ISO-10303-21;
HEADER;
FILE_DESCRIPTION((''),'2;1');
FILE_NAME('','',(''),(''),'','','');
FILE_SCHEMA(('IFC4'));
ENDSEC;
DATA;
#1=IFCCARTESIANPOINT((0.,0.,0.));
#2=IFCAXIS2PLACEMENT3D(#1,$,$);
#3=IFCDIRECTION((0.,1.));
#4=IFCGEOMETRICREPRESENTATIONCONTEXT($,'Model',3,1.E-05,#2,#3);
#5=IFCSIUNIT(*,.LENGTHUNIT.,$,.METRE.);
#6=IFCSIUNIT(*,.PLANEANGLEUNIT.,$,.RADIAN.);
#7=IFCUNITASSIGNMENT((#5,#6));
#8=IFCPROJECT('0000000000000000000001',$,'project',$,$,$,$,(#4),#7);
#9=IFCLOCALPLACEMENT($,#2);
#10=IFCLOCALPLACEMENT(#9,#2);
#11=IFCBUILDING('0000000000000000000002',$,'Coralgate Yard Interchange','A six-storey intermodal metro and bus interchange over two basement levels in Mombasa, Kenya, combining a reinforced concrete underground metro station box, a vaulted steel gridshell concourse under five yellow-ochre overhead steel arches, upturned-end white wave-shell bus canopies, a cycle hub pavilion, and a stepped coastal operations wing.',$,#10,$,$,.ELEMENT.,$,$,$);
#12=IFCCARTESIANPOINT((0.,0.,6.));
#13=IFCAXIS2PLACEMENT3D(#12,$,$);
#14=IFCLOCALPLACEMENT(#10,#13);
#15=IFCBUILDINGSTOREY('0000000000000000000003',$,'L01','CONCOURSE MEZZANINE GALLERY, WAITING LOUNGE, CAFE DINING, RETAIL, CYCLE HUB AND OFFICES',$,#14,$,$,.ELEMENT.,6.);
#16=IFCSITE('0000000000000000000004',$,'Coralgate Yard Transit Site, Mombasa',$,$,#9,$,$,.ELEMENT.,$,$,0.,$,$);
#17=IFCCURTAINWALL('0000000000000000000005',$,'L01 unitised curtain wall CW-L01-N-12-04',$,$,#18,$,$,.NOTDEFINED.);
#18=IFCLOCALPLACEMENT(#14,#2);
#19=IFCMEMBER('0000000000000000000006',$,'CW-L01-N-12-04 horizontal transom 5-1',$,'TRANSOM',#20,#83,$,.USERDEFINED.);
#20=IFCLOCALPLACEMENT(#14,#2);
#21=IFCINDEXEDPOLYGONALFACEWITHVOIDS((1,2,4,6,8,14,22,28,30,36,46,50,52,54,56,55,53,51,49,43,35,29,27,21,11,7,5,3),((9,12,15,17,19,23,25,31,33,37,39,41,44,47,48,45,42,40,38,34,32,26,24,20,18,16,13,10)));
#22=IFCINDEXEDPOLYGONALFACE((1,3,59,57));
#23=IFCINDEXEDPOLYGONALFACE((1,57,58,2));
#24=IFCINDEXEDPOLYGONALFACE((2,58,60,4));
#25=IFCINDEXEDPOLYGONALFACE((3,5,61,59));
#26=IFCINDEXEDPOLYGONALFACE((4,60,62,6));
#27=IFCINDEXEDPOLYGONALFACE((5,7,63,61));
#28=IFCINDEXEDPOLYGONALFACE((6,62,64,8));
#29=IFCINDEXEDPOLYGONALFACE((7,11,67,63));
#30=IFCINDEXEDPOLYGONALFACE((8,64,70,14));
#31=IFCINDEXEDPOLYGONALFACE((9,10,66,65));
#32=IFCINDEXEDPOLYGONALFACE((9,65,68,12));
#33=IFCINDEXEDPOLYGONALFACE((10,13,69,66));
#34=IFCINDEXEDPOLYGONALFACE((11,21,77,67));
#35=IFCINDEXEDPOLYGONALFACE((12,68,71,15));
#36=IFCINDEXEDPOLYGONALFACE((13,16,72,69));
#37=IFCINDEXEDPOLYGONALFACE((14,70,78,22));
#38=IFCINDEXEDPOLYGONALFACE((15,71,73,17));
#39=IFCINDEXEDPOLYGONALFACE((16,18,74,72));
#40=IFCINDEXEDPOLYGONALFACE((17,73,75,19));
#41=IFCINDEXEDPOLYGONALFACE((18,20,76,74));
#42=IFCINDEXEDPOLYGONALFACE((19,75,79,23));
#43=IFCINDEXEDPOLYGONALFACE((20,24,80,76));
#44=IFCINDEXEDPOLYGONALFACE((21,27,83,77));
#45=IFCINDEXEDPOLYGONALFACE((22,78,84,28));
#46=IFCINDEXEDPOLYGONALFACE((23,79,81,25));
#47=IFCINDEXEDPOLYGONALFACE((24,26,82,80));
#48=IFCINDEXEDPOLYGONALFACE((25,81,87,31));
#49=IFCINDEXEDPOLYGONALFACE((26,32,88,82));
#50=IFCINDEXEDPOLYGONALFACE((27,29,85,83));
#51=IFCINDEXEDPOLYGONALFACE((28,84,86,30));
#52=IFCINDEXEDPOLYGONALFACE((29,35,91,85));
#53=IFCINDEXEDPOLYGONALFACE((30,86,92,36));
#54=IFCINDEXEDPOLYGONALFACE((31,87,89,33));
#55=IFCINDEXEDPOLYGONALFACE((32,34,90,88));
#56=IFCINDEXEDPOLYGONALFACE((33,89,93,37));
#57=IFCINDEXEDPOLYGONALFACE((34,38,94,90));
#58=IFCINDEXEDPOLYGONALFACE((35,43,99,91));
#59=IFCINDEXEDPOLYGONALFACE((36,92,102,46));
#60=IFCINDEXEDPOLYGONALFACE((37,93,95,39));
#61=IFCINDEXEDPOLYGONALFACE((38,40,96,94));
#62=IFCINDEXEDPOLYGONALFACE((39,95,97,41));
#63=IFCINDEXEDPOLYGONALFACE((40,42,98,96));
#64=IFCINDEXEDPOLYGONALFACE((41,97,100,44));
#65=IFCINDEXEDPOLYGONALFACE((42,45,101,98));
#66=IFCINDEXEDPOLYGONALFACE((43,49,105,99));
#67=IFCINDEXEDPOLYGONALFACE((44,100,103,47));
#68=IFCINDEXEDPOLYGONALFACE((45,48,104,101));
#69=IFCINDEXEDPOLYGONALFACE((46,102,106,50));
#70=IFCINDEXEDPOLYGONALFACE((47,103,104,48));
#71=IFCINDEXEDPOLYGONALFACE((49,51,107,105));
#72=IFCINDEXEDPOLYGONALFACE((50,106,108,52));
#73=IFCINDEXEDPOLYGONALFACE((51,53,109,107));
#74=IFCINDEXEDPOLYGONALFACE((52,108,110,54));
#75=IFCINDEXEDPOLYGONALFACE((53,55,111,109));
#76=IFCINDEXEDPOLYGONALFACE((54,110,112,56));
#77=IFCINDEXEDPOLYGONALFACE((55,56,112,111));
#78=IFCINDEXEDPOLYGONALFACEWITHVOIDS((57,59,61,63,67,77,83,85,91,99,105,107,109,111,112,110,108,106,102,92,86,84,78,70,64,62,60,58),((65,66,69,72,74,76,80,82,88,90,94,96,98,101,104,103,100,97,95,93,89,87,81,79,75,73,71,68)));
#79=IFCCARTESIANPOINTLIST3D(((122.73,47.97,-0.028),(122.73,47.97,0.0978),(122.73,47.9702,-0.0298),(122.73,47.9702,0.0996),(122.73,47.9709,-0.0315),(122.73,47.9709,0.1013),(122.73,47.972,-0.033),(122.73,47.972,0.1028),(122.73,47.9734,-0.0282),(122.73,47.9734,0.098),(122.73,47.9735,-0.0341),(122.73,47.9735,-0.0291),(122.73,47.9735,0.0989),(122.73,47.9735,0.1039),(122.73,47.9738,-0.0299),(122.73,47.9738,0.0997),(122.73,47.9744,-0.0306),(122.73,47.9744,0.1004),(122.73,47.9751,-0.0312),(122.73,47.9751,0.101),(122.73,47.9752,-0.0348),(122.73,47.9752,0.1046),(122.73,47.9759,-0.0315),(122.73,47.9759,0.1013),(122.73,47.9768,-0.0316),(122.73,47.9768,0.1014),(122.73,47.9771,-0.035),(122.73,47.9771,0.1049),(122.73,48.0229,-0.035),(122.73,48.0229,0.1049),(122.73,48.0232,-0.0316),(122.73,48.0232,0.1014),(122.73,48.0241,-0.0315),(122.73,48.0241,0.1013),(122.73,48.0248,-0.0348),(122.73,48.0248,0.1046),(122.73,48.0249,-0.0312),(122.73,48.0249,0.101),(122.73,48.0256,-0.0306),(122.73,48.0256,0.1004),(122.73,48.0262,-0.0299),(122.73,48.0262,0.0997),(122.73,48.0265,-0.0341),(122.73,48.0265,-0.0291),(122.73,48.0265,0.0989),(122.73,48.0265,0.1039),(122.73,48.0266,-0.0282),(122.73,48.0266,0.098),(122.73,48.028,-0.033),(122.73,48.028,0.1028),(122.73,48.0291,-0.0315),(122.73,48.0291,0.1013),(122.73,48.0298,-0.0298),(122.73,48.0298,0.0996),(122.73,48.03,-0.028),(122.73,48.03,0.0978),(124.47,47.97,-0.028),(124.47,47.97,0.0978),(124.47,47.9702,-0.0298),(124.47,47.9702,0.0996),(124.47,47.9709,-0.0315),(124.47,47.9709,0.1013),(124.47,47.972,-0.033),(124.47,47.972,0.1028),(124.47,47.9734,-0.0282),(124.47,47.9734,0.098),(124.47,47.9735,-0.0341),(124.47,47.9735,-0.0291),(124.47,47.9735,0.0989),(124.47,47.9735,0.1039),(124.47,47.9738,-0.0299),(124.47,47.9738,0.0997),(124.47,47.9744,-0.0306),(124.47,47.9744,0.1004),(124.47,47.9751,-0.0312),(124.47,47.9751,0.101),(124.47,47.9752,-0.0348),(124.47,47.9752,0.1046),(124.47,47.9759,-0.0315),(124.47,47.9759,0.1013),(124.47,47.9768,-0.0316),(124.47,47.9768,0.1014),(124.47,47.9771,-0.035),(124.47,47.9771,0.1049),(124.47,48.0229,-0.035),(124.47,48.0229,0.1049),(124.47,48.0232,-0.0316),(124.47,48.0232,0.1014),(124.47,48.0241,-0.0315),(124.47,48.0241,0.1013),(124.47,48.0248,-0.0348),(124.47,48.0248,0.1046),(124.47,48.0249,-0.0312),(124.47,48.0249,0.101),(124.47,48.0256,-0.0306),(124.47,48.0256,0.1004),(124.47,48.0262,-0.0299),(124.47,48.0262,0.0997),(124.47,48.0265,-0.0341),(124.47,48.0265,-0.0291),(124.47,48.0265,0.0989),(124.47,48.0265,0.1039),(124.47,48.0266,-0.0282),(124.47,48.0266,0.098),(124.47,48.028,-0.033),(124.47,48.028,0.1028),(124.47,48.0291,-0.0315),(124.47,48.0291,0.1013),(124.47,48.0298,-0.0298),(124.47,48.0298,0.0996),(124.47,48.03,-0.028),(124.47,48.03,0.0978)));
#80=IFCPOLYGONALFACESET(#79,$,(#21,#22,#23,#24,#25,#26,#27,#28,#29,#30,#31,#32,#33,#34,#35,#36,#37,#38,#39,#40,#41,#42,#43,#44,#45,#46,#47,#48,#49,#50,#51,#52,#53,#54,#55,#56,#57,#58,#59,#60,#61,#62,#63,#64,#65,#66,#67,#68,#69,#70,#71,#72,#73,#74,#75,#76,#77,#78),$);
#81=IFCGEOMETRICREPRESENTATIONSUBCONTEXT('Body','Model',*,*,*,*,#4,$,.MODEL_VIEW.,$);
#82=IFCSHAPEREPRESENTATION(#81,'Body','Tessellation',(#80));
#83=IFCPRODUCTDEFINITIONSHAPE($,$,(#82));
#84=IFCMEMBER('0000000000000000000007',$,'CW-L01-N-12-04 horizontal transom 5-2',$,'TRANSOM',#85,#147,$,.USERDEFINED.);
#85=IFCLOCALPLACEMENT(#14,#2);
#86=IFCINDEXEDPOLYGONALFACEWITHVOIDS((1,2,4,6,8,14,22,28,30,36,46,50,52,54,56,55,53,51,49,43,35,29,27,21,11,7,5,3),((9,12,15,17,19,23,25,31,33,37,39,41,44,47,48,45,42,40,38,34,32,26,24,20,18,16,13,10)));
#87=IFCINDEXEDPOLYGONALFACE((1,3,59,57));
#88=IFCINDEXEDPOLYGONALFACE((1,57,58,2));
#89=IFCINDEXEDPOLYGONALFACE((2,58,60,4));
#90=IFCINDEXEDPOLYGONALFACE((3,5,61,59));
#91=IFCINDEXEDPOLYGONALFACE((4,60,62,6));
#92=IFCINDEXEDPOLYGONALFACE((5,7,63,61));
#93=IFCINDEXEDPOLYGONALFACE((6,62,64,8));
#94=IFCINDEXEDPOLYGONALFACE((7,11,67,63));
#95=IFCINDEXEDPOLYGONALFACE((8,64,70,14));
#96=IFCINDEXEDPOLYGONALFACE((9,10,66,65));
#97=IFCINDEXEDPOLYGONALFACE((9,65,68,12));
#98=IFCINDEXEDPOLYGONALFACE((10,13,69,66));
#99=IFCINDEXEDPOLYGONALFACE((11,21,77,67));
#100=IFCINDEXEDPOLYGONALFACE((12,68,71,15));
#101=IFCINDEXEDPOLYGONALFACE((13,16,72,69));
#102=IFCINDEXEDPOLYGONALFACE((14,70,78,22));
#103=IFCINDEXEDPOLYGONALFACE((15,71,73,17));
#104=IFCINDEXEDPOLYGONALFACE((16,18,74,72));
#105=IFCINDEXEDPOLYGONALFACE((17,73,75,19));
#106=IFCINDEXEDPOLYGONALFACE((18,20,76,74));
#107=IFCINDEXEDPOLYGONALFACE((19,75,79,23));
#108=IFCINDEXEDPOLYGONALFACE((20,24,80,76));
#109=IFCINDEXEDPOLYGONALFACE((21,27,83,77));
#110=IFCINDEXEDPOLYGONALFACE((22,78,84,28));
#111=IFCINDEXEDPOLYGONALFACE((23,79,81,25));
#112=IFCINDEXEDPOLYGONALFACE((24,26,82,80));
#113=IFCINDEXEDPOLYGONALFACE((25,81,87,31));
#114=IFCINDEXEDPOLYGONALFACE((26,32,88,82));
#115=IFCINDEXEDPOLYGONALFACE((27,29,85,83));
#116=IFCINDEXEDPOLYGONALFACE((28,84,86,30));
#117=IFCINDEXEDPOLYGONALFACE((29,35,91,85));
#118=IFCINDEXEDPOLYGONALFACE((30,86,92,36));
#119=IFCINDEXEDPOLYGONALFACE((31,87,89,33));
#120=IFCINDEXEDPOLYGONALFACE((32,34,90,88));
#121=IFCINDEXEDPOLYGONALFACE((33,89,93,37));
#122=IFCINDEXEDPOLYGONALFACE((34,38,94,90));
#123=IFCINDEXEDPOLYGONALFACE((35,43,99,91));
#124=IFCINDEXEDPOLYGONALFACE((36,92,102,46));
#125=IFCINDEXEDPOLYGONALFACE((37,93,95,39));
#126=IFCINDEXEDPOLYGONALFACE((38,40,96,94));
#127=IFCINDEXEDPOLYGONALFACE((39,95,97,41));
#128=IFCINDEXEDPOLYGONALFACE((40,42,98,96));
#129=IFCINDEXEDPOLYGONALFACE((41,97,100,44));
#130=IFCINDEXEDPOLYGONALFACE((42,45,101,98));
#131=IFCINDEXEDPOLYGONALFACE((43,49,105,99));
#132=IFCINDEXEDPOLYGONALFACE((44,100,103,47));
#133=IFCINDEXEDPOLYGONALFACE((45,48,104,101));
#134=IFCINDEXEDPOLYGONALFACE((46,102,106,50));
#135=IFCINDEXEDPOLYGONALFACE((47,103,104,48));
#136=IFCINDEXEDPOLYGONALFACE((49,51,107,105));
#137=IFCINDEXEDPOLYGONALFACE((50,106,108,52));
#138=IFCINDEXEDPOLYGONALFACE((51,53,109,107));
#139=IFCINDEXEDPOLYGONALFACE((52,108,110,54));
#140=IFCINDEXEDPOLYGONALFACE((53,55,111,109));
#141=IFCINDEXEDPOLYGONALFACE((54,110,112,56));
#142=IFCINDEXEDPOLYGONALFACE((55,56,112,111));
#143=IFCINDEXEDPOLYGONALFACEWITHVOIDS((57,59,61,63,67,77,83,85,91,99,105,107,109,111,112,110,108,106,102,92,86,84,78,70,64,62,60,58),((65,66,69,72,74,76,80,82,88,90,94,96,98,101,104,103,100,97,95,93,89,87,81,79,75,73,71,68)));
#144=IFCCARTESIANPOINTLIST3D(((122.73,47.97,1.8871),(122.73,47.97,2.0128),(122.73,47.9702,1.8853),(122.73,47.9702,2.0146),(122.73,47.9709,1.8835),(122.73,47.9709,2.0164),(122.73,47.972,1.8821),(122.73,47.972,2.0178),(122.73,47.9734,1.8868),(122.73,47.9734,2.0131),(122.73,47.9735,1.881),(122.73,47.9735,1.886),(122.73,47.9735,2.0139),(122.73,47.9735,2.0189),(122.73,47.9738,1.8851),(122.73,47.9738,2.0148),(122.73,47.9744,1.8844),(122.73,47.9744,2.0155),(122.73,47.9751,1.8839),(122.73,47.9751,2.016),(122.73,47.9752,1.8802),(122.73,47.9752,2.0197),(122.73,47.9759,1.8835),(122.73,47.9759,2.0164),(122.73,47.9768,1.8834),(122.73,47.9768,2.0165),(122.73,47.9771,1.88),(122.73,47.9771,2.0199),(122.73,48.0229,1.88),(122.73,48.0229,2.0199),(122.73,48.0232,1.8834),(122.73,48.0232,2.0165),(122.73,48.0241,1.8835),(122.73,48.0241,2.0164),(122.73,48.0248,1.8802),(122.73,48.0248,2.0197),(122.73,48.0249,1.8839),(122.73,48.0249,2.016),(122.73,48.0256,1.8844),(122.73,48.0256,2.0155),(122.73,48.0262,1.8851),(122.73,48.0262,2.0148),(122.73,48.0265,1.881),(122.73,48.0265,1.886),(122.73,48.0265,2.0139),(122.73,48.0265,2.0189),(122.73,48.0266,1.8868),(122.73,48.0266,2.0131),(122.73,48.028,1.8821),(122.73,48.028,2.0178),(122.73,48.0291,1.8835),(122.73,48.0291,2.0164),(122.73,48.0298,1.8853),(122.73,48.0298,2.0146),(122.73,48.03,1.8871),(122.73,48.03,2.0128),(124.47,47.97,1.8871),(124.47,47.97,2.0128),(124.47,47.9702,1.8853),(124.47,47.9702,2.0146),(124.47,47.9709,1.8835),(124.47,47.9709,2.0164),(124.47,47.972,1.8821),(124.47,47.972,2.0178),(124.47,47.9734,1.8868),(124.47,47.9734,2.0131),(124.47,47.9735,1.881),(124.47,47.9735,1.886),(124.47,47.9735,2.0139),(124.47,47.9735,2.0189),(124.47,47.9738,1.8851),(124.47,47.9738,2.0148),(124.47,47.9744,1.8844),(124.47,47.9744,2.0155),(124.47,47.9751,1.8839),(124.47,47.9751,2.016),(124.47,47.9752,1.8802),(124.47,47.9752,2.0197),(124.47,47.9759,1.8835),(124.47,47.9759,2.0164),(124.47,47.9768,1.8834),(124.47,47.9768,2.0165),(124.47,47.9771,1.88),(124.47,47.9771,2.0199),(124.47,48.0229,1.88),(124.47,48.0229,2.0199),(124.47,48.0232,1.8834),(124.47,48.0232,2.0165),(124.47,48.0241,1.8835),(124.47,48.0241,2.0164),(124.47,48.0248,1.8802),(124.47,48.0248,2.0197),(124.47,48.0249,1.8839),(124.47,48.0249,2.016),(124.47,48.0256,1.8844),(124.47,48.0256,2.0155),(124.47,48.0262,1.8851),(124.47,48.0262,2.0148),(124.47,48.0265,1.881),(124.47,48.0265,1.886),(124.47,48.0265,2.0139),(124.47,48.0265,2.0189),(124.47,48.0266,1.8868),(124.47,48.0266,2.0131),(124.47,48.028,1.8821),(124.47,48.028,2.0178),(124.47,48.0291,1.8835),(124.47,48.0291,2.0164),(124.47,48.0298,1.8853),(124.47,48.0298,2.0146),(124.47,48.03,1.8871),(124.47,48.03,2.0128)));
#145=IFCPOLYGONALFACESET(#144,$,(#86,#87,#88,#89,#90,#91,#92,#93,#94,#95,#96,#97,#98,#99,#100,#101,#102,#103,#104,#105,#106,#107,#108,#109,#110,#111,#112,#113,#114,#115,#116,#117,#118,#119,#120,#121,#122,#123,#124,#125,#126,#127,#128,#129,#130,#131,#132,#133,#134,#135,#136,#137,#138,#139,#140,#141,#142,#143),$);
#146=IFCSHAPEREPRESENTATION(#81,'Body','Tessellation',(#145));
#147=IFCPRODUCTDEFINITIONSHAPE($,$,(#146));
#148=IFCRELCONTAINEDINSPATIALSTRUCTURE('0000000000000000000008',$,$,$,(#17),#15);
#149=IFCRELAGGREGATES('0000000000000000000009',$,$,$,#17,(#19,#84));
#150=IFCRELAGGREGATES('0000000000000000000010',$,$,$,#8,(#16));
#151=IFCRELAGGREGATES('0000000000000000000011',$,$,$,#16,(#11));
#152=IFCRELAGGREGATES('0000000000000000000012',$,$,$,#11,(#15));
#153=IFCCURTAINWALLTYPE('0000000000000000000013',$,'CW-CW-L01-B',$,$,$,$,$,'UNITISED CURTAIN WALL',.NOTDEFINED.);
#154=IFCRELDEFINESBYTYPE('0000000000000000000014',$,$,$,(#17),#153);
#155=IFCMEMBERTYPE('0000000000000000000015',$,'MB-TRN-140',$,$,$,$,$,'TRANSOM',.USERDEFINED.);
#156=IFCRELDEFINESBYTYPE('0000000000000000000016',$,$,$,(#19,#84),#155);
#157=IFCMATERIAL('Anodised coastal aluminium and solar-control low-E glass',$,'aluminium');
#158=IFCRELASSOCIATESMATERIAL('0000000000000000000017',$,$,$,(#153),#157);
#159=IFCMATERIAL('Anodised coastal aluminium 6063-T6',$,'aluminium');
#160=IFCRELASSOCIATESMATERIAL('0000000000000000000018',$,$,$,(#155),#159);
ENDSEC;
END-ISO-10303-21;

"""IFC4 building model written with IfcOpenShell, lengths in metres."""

from ifc_helpers import new_model, si_unit, direction, frame, origin, origin_2d, place, context, subcontext, project, spatial, hollow_rectangle, extrude, material, material_profile, profile_set, type_object, element, aggregate, save


model = new_model("IFC4")

# Units and contexts
model_context = context("Model", 3, precision=1e-05, world=origin(), true_north=direction((0.0, 1.0)))
body_context = subcontext(model_context, "Body", "Model", "MODEL_VIEW")
ifc_project = project(units=[si_unit("LENGTHUNIT", "METRE"), si_unit("PLANEANGLEUNIT", "RADIAN")], contexts=[model_context])

# Site, building, storey
site_placement = place(None, origin())
site = spatial("IfcSite", under=ifc_project, at=site_placement, Name="Coralgate Yard Transit Site, Mombasa", CompositionType="ELEMENT", RefElevation=0.0)
building_placement = place(site_placement, origin())
building = spatial("IfcBuilding", under=site, at=building_placement, Name="Coralgate Yard Interchange", Description="A six-storey intermodal metro and bus interchange over two basement levels in Mombasa, Kenya, combining a reinforced concrete underground metro station box, a vaulted steel gridshell concourse under five yellow-ochre overhead steel arches, upturned-end white wave-shell bus canopies, a cycle hub pavilion, and a stepped coastal operations wing.", CompositionType="ELEMENT")
storey_placement = place(building_placement, frame((0.0, 0.0, 6.0)))
storey = spatial("IfcBuildingStorey", under=building, at=storey_placement, Name="L01", Description="CONCOURSE MEZZANINE GALLERY, WAITING LOUNGE, CAFE DINING, RETAIL, CYCLE HUB AND OFFICES", CompositionType="ELEMENT", Elevation=6.0)

# Curtain wall
ifc_material_1 = material(Name="Anodised coastal aluminium and solar-control low-E glass", Category="aluminium")
curtain_wall_type_1 = type_object("IfcCurtainWallType", Name="CW-CW-L01-B", ElementType="UNITISED CURTAIN WALL", PredefinedType="NOTDEFINED", material=ifc_material_1)
curtain_wall_1_placement = place(storey_placement, origin())
curtain_wall_1 = element("IfcCurtainWall", 1, at=curtain_wall_1_placement, inside=storey, type_object=curtain_wall_type_1, Name="L01 unitised curtain wall CW-L01-N-12-04", PredefinedType="NOTDEFINED")
ifc_material_2 = material(Name="Anodised coastal aluminium 6063-T6", Category="aluminium")

# Members
ifc_material_profile_1 = material_profile(ifc_material_2, hollow_rectangle(XDim=0.0601, YDim=0.1399, WallThickness=0.0034, InnerFilletRadius=0.0034, OuterFilletRadius=0.0071, at=origin_2d()), Name="ALU 60x140x3.5")
ifc_profile_set_1 = profile_set([ifc_material_profile_1], Name="Anodised coastal aluminium 6063-T6")
member_type_1 = type_object("IfcMemberType", Name="MB-TRN-140", ElementType="TRANSOM", PredefinedType="USERDEFINED", material=ifc_profile_set_1)
member_1_placement = place(storey_placement, frame((122.73, 48.0, 0.0349), z_axis=(1.0, 0.0, 0.0), x_axis=(0.0, 1.0, 0.0)))
member_1 = element("IfcMember", 2, at=member_1_placement, type_object=member_type_1, Name="CW-L01-N-12-04 horizontal transom 5-1", ObjectType="TRANSOM", PredefinedType="USERDEFINED", context=body_context, shape_type="SweptSolid", body=[
    extrude(hollow_rectangle(XDim=0.0601, YDim=0.1399, WallThickness=0.0034, InnerFilletRadius=0.0034, OuterFilletRadius=0.0071, at=origin_2d()), origin(), (0.0, 0.0, 1.0), 1.74),
])
member_2_placement = place(storey_placement, frame((122.73, 48.0, 1.95), z_axis=(1.0, 0.0, 0.0), x_axis=(0.0, 1.0, 0.0)))
member_2 = element("IfcMember", 3, at=member_2_placement, type_object=member_type_1, Name="CW-L01-N-12-04 horizontal transom 5-2", ObjectType="TRANSOM", PredefinedType="USERDEFINED", context=body_context, shape_type="SweptSolid", body=[
    extrude(hollow_rectangle(XDim=0.0601, YDim=0.1399, WallThickness=0.0034, InnerFilletRadius=0.0034, OuterFilletRadius=0.0071, at=origin_2d()), origin(), (0.0, 0.0, 1.0), 1.74),
])

aggregate(curtain_wall_1, [member_1, member_2])

save(model, "model.ifc")
